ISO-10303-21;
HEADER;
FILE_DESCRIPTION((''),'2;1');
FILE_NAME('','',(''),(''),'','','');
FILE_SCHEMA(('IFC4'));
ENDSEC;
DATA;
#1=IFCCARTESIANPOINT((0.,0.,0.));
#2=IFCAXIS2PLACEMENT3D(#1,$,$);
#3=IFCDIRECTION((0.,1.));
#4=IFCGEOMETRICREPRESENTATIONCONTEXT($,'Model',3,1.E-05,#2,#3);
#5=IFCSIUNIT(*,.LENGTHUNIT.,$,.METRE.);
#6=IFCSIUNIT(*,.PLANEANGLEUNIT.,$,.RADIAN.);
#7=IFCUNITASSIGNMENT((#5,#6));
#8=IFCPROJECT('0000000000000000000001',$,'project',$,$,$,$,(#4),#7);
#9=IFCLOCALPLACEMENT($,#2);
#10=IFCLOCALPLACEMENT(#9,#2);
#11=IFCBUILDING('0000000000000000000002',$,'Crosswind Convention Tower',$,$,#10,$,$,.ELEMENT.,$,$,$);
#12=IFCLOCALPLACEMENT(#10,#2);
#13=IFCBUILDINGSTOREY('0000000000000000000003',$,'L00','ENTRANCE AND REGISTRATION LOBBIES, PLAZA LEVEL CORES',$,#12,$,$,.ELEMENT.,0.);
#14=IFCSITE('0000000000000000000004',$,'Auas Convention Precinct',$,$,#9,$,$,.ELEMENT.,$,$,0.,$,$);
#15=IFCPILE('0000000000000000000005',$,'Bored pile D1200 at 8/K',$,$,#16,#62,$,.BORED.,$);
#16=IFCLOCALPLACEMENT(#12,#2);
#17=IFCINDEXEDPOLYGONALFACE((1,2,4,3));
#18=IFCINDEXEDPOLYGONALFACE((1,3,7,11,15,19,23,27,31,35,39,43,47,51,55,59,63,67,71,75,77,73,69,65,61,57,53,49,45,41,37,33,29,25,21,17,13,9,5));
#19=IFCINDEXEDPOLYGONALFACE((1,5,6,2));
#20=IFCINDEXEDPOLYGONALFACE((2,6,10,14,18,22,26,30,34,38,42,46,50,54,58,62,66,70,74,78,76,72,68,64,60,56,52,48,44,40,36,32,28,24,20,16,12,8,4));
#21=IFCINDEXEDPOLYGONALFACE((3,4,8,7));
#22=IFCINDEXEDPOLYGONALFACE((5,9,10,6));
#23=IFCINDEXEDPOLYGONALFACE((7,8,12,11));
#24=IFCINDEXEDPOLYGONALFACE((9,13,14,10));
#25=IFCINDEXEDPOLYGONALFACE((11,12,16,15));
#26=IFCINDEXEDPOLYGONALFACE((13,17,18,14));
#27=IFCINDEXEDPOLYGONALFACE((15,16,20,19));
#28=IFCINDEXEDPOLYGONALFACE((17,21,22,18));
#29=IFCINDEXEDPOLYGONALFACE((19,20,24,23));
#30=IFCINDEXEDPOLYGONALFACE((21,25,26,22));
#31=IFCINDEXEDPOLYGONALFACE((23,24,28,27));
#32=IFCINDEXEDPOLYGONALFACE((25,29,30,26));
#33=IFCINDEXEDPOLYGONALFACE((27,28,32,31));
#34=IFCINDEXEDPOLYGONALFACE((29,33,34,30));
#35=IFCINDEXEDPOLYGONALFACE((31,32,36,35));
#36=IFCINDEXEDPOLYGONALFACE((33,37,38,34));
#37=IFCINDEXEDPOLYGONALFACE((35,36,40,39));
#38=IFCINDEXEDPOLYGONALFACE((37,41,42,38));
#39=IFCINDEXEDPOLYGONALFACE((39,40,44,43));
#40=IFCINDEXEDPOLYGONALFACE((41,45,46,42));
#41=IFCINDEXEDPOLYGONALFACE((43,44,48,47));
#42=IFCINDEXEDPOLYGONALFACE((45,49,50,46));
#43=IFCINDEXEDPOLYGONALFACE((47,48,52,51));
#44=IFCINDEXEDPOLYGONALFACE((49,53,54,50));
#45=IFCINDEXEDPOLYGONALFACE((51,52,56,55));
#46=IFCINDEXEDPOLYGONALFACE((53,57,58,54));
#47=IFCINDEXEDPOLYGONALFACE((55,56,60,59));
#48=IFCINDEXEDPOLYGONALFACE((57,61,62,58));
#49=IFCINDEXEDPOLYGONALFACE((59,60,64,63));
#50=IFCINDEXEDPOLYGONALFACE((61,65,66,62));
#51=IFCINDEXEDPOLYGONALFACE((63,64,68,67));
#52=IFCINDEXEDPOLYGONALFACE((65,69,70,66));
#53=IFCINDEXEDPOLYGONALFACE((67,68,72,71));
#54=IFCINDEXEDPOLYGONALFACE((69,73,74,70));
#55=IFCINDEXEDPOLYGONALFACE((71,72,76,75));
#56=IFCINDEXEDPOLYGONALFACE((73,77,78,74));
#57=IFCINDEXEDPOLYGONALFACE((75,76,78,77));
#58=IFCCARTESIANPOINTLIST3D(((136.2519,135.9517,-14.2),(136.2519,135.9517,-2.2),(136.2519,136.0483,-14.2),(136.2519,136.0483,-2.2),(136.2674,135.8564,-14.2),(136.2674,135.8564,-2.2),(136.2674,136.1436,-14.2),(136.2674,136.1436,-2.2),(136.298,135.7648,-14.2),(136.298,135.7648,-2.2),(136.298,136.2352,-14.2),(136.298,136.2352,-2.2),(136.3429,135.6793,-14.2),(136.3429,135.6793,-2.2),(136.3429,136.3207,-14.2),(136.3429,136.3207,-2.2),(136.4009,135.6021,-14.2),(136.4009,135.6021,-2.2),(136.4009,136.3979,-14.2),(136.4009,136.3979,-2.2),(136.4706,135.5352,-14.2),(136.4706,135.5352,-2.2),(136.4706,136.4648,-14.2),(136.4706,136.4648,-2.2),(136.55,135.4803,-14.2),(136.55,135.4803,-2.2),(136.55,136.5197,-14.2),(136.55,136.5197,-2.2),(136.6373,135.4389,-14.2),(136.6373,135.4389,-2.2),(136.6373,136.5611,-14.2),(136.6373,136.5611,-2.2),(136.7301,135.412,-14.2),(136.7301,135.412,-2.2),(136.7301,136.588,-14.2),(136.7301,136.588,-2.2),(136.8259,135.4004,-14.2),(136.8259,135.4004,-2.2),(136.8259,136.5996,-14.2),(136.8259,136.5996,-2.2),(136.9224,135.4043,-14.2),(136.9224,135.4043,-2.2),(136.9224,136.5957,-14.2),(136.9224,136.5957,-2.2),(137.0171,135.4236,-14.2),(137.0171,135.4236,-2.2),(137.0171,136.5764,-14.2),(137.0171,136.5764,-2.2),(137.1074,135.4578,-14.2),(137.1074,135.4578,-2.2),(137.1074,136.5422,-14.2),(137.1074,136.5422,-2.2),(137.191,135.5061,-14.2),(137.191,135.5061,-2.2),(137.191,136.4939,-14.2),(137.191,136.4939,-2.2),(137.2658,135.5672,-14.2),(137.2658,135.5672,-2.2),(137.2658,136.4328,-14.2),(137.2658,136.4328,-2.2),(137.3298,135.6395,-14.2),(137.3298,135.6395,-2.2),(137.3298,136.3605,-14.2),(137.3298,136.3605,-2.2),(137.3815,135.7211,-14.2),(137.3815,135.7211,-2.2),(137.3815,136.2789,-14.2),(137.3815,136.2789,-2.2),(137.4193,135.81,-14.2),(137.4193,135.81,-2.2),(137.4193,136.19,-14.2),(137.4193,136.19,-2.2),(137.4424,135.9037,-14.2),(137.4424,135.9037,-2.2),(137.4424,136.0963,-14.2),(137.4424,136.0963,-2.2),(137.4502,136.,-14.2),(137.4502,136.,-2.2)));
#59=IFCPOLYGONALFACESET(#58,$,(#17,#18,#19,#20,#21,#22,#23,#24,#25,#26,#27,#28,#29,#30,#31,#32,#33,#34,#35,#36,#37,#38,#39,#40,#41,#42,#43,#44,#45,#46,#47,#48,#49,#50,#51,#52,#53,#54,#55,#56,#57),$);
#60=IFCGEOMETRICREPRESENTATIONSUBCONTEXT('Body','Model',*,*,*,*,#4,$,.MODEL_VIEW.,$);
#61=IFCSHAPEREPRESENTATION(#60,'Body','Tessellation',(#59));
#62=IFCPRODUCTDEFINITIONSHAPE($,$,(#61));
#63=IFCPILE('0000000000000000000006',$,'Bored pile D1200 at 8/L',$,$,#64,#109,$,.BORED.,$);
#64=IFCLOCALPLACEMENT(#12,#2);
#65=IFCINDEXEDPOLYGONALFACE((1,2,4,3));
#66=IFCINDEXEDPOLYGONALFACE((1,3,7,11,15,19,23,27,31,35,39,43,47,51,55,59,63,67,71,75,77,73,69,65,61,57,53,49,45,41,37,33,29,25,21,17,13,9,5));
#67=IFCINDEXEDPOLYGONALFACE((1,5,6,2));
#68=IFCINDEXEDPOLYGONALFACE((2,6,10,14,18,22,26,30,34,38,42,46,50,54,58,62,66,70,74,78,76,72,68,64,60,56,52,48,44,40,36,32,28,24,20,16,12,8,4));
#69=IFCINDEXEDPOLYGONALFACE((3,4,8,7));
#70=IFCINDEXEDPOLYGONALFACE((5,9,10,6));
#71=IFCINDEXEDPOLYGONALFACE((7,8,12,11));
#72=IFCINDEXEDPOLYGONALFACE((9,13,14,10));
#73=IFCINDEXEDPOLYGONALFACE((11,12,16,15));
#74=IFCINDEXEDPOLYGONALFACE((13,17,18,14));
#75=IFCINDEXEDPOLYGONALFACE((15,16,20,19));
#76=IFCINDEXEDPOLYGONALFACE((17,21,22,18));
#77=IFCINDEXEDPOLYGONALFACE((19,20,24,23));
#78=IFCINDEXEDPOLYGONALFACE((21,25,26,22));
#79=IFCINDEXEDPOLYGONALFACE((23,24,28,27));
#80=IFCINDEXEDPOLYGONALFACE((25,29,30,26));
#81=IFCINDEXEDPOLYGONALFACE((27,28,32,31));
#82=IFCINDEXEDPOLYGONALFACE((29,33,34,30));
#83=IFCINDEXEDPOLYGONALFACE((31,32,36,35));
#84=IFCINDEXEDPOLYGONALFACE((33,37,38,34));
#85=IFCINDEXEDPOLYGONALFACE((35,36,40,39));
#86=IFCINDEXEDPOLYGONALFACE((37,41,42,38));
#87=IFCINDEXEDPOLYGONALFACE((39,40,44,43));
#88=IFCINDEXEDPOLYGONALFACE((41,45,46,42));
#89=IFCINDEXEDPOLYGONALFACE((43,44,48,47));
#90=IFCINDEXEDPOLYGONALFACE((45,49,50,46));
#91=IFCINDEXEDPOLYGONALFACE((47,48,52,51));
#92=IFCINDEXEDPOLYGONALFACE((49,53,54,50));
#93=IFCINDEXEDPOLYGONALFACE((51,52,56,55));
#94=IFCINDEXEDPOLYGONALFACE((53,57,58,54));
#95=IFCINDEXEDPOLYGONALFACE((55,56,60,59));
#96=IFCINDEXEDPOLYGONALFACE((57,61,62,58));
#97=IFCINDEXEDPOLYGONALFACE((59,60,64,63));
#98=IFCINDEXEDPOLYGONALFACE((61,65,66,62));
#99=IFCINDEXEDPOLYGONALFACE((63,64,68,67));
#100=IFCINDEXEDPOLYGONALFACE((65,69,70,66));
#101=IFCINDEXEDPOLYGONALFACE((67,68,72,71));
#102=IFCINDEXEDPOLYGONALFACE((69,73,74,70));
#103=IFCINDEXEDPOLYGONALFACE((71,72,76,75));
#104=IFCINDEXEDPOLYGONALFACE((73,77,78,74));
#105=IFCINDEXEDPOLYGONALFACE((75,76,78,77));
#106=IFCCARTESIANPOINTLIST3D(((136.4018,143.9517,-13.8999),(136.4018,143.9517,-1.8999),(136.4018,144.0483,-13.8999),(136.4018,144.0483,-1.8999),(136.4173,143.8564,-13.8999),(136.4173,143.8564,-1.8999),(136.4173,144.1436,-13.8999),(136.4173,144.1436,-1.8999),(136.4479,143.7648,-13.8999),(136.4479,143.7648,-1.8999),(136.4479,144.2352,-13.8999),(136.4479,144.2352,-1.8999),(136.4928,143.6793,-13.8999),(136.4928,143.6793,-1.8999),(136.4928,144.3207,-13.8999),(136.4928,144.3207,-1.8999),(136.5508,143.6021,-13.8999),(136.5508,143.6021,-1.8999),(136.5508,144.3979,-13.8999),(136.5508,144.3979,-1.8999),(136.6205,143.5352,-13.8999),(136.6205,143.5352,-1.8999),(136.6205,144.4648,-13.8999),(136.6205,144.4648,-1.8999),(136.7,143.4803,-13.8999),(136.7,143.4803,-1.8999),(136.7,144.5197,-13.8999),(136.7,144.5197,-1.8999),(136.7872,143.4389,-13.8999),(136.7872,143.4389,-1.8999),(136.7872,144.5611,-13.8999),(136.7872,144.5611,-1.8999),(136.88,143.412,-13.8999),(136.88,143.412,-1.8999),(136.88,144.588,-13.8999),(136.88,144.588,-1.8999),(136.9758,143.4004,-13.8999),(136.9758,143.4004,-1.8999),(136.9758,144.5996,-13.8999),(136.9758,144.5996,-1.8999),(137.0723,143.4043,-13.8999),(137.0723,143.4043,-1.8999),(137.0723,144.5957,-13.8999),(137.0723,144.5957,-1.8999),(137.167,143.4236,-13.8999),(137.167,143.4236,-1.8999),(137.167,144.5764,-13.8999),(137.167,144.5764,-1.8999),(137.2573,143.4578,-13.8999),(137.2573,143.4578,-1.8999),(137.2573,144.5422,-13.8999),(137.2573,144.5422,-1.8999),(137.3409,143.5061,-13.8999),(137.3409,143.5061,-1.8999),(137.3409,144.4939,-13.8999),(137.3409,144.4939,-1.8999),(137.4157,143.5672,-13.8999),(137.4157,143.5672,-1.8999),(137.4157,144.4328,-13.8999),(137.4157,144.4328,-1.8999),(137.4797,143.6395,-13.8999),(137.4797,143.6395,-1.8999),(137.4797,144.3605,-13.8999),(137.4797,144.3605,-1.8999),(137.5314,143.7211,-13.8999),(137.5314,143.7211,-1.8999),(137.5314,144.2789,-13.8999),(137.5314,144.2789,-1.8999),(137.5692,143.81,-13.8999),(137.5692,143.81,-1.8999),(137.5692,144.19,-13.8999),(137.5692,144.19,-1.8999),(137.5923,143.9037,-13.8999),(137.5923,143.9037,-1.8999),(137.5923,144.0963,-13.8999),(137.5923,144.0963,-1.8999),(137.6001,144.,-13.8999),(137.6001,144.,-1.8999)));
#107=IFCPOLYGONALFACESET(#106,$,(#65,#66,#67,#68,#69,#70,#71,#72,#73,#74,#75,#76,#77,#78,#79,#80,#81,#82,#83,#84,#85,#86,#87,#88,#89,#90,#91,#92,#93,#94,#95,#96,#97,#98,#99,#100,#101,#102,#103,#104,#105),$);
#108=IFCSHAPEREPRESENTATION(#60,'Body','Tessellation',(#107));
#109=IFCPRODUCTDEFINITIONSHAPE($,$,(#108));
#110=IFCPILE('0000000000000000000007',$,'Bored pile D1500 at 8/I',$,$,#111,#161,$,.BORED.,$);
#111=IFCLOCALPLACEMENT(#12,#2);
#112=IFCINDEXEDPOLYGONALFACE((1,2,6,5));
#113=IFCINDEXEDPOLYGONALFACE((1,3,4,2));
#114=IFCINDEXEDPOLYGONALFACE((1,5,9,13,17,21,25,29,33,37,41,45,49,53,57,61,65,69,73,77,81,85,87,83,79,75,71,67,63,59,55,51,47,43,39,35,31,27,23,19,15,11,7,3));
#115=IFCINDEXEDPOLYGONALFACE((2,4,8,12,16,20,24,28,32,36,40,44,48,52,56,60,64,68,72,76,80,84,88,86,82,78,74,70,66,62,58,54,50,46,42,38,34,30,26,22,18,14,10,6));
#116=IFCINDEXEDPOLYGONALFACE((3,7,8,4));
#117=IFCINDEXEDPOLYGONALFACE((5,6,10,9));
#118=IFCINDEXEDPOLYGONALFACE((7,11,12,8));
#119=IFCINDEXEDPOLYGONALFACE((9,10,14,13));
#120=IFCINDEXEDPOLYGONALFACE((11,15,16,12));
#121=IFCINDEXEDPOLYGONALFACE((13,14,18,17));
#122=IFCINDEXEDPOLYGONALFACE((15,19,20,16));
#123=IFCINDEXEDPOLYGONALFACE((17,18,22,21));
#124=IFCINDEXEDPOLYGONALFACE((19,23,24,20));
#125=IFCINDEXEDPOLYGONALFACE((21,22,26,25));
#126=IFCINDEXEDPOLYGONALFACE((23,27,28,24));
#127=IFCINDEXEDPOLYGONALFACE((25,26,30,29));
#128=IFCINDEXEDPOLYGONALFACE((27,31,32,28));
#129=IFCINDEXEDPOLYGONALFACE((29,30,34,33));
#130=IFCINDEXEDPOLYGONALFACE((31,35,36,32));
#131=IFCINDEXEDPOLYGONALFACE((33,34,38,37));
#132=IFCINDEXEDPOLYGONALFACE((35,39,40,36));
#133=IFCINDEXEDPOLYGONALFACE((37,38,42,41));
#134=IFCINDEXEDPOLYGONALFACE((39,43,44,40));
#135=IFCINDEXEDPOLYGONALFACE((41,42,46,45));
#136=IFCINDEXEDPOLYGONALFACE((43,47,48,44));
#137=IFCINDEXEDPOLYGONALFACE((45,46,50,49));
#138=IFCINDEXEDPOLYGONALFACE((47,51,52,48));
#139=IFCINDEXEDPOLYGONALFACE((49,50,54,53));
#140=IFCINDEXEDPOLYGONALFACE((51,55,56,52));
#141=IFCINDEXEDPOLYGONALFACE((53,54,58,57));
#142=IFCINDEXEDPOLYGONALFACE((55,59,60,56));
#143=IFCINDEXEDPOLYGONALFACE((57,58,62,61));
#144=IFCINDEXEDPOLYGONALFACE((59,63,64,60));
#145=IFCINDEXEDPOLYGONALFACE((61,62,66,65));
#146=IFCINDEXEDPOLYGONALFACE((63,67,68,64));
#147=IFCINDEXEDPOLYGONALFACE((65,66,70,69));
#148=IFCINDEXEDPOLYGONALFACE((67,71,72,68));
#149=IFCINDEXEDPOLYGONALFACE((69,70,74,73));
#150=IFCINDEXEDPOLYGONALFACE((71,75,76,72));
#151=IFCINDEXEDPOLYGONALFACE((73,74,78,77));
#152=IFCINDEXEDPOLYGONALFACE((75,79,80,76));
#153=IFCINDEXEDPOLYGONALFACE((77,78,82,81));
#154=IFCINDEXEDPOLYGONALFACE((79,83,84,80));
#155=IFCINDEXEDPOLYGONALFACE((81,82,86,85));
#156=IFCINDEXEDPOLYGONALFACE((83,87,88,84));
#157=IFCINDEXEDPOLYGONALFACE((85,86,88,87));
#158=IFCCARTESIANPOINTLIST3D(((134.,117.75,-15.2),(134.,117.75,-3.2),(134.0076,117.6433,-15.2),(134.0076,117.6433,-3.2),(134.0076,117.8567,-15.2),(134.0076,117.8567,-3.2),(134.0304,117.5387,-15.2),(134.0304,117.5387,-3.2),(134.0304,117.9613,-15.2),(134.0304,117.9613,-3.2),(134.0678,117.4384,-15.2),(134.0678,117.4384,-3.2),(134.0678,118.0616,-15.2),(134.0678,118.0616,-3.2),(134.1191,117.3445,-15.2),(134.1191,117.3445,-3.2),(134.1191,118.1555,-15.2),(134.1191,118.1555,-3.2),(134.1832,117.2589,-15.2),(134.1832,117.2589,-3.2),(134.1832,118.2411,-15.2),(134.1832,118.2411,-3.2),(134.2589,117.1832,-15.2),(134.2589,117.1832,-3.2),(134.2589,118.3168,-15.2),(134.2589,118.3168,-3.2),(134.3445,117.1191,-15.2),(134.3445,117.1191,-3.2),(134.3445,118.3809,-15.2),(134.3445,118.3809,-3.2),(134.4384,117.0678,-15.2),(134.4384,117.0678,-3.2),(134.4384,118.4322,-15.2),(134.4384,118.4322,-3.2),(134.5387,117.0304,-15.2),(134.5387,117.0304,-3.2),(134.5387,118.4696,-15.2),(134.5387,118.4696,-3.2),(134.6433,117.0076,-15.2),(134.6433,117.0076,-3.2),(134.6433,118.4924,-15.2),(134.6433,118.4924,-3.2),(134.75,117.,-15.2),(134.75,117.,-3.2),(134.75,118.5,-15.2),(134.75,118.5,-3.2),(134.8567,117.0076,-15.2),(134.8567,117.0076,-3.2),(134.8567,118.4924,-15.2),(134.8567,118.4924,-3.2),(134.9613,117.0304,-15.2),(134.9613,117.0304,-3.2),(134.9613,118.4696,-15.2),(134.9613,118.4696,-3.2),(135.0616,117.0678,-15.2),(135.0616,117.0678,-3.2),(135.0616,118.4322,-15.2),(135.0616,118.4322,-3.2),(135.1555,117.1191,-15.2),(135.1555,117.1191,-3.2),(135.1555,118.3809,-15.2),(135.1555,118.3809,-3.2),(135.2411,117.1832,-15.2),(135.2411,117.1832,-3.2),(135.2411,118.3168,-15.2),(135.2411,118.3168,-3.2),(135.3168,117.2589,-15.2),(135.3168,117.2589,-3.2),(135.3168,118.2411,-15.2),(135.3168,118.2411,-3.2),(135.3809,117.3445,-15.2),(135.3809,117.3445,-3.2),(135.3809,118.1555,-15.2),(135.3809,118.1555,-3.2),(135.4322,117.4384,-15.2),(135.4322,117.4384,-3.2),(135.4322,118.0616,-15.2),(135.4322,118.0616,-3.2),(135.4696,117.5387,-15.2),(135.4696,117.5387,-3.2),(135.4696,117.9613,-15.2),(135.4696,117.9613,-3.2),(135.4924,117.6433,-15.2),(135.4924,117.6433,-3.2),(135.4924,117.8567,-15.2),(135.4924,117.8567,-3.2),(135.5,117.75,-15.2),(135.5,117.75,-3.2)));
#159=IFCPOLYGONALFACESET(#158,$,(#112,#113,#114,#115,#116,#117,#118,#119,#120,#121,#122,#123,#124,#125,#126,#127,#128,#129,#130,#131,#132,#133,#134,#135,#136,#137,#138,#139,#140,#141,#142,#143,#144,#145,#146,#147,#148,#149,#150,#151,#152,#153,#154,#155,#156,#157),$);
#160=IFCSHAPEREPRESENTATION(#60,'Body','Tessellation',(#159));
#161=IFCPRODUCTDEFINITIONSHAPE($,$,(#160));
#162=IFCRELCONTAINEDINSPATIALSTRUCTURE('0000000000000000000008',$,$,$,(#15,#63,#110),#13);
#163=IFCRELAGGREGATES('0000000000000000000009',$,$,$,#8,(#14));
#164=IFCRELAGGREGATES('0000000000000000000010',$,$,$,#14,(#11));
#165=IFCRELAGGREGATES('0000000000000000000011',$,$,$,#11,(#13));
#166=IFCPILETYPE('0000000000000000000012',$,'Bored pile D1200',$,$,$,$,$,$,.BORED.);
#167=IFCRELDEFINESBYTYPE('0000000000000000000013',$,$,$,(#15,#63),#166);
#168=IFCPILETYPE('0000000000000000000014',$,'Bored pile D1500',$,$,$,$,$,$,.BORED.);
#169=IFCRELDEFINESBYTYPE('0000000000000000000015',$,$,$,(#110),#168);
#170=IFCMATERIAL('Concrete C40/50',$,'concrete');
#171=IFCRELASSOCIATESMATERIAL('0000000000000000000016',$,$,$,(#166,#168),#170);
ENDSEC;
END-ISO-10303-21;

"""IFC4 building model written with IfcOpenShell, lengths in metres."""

from ifc_helpers import new_model, si_unit, direction, frame, origin, origin_2d, place, context, subcontext, project, spatial, circle, extrude, material, material_profile, profile_set, type_object, element, save


model = new_model("IFC4")

# Units and contexts
model_context = context("Model", 3, precision=1e-05, world=origin(), true_north=direction((0.0, 1.0)))
body_context = subcontext(model_context, "Body", "Model", "MODEL_VIEW")
ifc_project = project(units=[si_unit("LENGTHUNIT", "METRE"), si_unit("PLANEANGLEUNIT", "RADIAN")], contexts=[model_context])

# Site, building, storey
site_placement = place(None, origin())
site = spatial("IfcSite", under=ifc_project, at=site_placement, Name="Auas Convention Precinct", CompositionType="ELEMENT", RefElevation=0.0)
building_placement = place(site_placement, origin())
building = spatial("IfcBuilding", under=site, at=building_placement, Name="Crosswind Convention Tower", CompositionType="ELEMENT")
storey_placement = place(building_placement, origin())
storey = spatial("IfcBuildingStorey", under=building, at=storey_placement, Name="L00", Description="ENTRANCE AND REGISTRATION LOBBIES, PLAZA LEVEL CORES", CompositionType="ELEMENT", Elevation=0.0)

# Piles
ifc_material_1 = material(Name="Concrete C40/50", Category="concrete")
ifc_material_profile_1 = material_profile(ifc_material_1, circle(Radius=0.6001, at=origin_2d()), Name="Bored pile D1200")
ifc_profile_set_1 = profile_set([ifc_material_profile_1], Name="Concrete C40/50")
pile_type_1 = type_object("IfcPileType", Name="Bored pile D1200", PredefinedType="BORED", material=ifc_profile_set_1)
for number, where, z_axis, x_axis, name in (
    (1, (136.8501, 136.0, -2.2), (0.0, 0.0, -1.0), (1.0, 0.0, 0.0), "Bored pile D1200 at 8/K"),
    (2, (137.0, 144.0, -1.8999), (0.0, 0.0, -1.0), (1.0, 0.0, 0.0), "Bored pile D1200 at 8/L"),
):
    element("IfcPile", number, at=place(storey_placement, frame(where, z_axis=z_axis, x_axis=x_axis)), inside=storey, type_object=pile_type_1, Name=name, PredefinedType="BORED", context=body_context, shape_type="SweptSolid", body=[
        extrude(circle(Radius=0.6001, at=origin_2d()), origin(), (0.0, 0.0, 1.0), 12.0),
    ])
ifc_material_profile_2 = material_profile(ifc_material_1, circle(Radius=0.75, at=origin_2d()), Name="Bored pile D1500")
ifc_profile_set_2 = profile_set([ifc_material_profile_2], Name="Concrete C40/50")
pile_type_2 = type_object("IfcPileType", Name="Bored pile D1500", PredefinedType="BORED", material=ifc_profile_set_2)
for number, where, z_axis, x_axis, name in (
    (3, (134.75, 117.75, -3.2), (0.0, 0.0, -1.0), (1.0, 0.0, 0.0), "Bored pile D1500 at 8/I"),
):
    element("IfcPile", number, at=place(storey_placement, frame(where, z_axis=z_axis, x_axis=x_axis)), inside=storey, type_object=pile_type_2, Name=name, PredefinedType="BORED", context=body_context, shape_type="SweptSolid", body=[
        extrude(circle(Radius=0.75, at=origin_2d()), origin(), (0.0, 0.0, 1.0), 12.0),
    ])

save(model, "model.ifc")
